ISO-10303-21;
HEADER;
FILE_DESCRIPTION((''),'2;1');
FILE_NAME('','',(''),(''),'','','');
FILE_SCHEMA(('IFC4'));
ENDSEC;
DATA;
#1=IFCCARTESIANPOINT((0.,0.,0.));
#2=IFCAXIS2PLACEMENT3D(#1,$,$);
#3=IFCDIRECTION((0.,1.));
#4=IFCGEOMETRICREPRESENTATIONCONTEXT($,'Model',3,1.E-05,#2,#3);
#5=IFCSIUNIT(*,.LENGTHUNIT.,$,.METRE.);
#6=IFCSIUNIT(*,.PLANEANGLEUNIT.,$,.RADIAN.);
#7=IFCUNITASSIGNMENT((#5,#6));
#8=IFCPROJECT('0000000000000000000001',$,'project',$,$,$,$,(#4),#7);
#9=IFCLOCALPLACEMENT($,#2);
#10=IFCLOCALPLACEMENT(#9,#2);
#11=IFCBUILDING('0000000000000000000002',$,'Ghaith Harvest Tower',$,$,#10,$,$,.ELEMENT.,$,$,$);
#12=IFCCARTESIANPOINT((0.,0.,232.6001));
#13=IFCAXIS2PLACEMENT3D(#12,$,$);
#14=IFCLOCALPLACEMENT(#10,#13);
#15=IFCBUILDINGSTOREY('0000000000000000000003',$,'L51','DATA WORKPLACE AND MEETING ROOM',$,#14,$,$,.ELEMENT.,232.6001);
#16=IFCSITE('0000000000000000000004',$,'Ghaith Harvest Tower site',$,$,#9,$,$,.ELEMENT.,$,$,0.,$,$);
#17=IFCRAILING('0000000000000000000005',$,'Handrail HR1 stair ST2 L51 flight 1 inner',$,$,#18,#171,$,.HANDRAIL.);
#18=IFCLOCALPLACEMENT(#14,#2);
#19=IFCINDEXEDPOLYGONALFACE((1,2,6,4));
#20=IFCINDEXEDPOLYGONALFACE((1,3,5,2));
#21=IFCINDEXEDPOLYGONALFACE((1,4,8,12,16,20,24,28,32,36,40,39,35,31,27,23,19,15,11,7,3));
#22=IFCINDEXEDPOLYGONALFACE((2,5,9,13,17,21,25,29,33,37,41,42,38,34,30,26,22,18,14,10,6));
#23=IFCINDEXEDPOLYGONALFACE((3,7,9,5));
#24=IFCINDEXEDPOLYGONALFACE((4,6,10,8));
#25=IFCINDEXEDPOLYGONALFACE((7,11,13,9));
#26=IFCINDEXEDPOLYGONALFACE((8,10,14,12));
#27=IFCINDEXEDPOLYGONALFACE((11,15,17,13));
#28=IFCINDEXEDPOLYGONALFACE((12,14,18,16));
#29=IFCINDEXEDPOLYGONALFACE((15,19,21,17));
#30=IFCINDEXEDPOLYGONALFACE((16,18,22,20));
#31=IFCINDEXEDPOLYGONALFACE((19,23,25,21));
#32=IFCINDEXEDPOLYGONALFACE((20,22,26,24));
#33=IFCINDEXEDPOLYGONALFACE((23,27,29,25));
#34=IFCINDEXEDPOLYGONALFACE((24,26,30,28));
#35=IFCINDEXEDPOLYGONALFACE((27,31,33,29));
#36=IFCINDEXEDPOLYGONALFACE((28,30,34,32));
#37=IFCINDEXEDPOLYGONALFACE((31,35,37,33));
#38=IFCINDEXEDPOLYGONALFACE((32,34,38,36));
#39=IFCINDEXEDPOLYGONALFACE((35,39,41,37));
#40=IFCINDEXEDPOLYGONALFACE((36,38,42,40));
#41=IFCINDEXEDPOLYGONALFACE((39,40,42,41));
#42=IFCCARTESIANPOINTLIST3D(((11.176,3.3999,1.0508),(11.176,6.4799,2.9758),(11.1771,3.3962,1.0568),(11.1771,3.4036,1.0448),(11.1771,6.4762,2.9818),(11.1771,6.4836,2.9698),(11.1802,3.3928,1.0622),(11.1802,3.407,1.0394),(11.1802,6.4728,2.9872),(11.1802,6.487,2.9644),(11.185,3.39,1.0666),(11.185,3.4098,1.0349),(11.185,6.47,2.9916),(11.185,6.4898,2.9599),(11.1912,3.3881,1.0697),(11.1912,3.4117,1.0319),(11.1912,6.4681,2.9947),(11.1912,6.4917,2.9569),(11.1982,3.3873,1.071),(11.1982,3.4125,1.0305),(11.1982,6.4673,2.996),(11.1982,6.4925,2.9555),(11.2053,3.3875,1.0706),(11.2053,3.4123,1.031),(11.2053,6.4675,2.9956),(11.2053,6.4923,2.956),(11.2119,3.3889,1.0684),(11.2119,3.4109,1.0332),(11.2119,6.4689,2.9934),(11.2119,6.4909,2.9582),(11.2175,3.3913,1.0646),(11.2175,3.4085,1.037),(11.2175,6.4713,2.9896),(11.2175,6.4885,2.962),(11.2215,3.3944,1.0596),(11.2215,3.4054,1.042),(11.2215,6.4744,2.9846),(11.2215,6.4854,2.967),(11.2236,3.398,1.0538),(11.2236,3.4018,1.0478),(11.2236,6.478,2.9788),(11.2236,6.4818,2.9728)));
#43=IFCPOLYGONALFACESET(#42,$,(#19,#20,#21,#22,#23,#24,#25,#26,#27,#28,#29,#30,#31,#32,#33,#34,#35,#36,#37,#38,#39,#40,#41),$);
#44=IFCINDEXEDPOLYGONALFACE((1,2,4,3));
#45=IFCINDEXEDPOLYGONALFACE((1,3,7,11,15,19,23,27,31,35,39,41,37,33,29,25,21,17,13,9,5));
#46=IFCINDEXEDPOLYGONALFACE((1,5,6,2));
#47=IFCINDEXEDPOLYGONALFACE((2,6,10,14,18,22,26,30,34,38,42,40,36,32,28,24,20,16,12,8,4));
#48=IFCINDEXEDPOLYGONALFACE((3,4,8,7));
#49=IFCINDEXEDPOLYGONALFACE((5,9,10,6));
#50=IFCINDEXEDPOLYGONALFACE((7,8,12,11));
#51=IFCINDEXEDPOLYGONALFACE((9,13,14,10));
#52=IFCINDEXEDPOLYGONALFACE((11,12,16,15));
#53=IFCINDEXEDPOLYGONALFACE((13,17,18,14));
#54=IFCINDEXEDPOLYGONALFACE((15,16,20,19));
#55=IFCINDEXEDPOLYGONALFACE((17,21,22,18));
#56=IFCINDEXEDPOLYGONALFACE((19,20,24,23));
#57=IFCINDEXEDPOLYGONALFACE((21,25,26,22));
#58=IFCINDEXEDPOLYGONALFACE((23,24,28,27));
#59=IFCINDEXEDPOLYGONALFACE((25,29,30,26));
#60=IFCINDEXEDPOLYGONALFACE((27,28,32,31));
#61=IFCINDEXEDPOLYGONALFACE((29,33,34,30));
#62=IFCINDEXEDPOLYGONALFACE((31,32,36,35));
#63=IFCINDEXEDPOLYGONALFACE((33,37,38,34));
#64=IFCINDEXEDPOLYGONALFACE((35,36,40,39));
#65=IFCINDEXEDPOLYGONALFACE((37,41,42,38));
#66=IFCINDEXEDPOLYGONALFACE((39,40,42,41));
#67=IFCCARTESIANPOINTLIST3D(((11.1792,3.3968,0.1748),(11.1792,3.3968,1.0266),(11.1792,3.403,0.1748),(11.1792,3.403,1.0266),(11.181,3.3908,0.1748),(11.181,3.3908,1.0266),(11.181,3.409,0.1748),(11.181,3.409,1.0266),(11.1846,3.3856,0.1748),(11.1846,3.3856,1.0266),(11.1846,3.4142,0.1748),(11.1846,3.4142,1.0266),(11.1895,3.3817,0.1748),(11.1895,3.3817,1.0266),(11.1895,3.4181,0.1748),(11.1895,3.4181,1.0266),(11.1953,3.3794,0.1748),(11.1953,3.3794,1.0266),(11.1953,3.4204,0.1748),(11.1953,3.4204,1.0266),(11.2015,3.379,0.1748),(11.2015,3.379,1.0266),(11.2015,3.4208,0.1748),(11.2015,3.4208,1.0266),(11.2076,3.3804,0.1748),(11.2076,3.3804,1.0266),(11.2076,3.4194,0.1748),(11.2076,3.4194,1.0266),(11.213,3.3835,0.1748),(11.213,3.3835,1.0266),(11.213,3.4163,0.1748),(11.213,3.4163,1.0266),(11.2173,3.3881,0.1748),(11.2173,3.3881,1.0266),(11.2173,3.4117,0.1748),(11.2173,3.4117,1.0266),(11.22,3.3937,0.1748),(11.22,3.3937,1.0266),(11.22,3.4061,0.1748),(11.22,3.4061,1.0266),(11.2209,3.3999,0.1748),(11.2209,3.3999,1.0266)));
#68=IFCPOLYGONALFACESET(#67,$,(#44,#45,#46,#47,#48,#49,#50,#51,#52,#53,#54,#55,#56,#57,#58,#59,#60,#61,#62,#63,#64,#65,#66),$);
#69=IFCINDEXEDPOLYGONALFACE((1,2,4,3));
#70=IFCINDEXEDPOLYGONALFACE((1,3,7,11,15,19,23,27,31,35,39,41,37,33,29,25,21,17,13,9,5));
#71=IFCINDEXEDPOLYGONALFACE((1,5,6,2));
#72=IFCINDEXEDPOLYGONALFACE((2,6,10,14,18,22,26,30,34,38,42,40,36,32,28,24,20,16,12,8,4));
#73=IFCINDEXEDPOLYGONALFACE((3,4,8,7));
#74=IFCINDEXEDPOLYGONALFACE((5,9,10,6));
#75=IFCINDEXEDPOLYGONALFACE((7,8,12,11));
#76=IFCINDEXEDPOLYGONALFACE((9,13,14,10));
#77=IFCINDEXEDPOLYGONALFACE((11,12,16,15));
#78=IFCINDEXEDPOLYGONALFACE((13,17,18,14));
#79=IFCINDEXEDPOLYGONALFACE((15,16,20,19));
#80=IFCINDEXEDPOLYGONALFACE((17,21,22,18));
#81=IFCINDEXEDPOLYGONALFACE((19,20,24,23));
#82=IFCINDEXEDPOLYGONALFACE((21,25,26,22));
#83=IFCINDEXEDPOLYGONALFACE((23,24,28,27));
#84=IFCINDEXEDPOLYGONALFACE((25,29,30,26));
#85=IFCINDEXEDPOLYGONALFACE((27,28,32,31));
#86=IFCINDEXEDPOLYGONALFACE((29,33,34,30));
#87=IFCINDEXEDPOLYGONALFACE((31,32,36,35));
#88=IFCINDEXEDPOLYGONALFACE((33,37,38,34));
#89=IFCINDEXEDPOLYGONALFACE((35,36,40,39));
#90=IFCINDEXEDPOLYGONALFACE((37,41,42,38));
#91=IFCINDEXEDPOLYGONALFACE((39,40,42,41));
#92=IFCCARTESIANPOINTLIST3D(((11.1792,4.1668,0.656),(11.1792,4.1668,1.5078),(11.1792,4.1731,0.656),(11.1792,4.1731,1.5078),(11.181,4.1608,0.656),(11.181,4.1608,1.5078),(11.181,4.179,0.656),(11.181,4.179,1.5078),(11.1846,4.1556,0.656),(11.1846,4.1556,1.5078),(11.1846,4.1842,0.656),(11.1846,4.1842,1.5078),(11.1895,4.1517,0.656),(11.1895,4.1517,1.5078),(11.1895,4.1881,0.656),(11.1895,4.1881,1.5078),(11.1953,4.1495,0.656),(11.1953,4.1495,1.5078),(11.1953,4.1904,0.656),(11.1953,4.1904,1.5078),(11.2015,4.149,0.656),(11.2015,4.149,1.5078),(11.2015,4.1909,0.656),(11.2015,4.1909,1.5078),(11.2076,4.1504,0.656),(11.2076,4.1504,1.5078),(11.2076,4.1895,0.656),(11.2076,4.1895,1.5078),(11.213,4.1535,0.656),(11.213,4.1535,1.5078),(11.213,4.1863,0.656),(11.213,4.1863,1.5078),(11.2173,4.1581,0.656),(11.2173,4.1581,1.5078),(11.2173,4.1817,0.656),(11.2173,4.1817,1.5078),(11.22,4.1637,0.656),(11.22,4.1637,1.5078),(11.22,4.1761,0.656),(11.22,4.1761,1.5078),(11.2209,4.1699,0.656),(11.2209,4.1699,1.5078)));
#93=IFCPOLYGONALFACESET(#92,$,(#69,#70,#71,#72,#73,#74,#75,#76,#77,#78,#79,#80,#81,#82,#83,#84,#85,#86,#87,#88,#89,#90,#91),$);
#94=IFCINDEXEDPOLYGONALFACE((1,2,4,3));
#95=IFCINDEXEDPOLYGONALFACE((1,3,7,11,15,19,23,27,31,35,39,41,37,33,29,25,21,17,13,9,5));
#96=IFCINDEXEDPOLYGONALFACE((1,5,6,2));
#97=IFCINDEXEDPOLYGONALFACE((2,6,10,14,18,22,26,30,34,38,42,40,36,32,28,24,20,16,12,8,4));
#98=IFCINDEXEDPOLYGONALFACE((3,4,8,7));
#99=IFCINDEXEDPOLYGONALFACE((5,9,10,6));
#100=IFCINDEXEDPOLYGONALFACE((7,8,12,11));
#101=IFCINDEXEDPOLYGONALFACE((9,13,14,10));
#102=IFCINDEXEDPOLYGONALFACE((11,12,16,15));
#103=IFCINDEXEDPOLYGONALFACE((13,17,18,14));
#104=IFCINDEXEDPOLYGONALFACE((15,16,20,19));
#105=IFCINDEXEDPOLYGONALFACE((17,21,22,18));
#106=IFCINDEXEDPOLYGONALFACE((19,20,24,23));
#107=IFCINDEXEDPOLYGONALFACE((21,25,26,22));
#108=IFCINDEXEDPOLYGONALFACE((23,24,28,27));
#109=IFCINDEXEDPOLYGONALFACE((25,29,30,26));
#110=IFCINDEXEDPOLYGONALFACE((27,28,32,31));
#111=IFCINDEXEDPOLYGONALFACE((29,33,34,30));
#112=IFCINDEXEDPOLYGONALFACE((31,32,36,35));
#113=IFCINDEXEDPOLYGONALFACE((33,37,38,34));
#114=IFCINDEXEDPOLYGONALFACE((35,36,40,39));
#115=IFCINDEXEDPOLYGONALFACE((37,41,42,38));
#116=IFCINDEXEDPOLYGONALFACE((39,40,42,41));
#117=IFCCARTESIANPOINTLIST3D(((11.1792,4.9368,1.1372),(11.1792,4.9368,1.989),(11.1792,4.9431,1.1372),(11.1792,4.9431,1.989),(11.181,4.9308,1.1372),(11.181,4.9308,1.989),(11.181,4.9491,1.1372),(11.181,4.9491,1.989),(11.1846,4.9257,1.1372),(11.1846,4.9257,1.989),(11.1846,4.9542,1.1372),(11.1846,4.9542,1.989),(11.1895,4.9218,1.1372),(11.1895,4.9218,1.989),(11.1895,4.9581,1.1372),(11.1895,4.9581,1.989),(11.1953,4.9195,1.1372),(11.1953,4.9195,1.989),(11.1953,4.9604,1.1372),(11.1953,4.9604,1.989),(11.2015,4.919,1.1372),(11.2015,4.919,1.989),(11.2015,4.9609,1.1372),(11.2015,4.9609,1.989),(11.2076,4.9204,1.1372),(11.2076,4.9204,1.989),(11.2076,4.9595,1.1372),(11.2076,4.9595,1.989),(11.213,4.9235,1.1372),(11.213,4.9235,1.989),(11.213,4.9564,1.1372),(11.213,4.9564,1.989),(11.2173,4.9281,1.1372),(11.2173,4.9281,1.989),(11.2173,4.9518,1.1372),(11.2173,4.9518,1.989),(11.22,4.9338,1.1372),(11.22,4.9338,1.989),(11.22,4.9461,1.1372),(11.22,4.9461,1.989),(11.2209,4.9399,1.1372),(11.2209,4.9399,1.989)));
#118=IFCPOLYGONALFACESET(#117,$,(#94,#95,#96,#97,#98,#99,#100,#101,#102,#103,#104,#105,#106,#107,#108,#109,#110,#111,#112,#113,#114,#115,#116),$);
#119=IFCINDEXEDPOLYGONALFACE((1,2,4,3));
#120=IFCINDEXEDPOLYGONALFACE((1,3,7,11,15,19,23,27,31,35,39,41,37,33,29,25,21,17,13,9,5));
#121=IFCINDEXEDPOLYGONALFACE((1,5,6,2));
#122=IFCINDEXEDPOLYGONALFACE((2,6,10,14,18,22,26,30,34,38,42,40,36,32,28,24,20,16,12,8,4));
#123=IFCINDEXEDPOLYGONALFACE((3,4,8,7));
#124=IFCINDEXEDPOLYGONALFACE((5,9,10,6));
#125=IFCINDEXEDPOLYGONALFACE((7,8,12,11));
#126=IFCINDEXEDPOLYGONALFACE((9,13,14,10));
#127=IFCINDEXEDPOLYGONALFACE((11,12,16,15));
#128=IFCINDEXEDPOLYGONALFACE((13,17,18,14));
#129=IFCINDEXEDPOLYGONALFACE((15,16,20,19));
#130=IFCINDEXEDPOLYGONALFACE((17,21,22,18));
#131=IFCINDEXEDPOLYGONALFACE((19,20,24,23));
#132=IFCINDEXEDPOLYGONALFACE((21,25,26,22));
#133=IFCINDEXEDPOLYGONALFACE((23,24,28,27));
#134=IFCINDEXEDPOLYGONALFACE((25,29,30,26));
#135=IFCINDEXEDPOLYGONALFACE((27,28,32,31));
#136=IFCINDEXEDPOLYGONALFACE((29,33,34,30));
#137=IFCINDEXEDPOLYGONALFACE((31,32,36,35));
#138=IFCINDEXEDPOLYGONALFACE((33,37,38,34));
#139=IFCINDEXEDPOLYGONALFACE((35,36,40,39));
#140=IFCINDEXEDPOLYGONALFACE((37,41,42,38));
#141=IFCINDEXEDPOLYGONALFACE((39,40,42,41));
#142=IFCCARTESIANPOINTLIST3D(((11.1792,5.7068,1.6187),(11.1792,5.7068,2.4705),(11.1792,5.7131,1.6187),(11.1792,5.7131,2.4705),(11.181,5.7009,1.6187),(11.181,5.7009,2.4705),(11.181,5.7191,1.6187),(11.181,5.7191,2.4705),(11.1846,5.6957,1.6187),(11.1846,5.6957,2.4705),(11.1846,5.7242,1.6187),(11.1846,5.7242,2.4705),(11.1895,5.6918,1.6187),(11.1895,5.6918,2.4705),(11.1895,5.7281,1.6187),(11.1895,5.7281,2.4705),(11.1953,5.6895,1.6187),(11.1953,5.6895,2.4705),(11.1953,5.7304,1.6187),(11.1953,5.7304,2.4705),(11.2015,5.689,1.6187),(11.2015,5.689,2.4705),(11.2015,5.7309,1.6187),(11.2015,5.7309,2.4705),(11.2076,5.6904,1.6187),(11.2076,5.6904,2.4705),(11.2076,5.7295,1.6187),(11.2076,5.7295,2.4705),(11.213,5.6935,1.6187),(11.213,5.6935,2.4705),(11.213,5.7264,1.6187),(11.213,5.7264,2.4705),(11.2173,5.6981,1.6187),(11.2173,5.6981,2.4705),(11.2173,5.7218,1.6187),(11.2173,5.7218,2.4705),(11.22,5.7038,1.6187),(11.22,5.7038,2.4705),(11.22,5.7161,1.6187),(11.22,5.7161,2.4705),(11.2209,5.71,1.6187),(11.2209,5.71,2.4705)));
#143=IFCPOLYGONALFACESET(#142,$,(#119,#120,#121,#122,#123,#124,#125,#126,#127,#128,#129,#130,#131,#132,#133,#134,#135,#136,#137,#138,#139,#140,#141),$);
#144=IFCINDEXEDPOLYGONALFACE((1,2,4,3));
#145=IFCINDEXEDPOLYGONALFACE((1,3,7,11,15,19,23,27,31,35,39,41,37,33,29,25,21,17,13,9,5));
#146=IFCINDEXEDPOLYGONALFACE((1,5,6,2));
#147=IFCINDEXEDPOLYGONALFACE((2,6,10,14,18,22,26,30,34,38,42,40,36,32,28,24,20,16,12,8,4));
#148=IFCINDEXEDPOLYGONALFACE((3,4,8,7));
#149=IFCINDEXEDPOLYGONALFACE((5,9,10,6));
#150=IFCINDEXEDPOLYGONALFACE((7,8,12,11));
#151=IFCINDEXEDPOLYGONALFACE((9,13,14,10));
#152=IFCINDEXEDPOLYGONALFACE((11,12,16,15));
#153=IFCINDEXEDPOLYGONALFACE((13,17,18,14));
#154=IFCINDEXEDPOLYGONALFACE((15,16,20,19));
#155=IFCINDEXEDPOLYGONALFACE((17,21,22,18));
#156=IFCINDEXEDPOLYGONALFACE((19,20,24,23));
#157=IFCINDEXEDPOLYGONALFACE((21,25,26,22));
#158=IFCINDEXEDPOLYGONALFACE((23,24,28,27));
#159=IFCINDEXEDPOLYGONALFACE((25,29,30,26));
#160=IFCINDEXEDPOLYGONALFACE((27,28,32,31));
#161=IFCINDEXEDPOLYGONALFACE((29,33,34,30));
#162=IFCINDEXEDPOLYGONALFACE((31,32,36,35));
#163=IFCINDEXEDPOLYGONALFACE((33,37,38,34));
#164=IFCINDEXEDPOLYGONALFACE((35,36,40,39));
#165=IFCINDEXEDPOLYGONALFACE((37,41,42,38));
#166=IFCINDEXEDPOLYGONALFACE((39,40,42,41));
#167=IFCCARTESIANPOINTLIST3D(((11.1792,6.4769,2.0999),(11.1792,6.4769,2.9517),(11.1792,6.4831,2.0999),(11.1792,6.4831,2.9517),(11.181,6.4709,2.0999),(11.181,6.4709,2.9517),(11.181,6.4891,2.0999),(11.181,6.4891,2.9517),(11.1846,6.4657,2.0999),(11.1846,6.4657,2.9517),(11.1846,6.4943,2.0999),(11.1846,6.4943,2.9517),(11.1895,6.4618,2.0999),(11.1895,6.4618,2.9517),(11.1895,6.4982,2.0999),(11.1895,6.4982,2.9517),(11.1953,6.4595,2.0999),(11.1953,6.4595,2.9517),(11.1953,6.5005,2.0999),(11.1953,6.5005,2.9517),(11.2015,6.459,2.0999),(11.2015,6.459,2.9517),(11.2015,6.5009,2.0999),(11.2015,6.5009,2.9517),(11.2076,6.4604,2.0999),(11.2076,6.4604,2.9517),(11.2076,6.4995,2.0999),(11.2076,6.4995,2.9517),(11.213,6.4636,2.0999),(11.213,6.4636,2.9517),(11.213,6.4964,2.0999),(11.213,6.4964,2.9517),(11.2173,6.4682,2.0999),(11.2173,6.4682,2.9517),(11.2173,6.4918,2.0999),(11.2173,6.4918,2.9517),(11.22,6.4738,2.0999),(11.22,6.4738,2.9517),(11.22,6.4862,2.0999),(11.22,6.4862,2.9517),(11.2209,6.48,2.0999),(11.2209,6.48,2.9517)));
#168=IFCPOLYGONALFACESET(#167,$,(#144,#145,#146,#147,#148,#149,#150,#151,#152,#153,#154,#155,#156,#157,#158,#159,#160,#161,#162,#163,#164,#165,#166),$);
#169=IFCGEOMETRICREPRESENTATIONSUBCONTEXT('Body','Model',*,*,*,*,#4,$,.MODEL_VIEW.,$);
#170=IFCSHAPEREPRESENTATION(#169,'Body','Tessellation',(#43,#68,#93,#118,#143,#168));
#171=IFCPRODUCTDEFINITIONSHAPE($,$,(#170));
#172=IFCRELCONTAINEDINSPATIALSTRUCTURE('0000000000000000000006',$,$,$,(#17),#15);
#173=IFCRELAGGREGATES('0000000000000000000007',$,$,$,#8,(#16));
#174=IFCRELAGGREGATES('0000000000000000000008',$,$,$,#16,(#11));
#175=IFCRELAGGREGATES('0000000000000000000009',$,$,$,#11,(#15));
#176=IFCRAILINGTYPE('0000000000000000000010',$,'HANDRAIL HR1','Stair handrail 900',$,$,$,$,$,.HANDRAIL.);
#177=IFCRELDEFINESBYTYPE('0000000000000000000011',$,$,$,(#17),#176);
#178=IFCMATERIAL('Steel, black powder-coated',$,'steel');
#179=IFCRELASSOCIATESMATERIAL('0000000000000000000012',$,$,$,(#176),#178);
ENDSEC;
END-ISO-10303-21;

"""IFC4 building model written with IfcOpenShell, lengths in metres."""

from ifc_helpers import new_model, si_unit, direction, frame, origin, origin_2d, place, context, subcontext, project, spatial, circle, extrude, material, type_object, element, save


model = new_model("IFC4")

# Units and contexts
model_context = context("Model", 3, precision=1e-05, world=origin(), true_north=direction((0.0, 1.0)))
body_context = subcontext(model_context, "Body", "Model", "MODEL_VIEW")
ifc_project = project(units=[si_unit("LENGTHUNIT", "METRE"), si_unit("PLANEANGLEUNIT", "RADIAN")], contexts=[model_context])

# Site, building, storey
site_placement = place(None, origin())
site = spatial("IfcSite", under=ifc_project, at=site_placement, Name="Ghaith Harvest Tower site", CompositionType="ELEMENT", RefElevation=0.0)
building_placement = place(site_placement, origin())
building = spatial("IfcBuilding", under=site, at=building_placement, Name="Ghaith Harvest Tower", CompositionType="ELEMENT")
storey_placement = place(building_placement, frame((0.0, 0.0, 232.6001)))
storey = spatial("IfcBuildingStorey", under=building, at=storey_placement, Name="L51", Description="DATA WORKPLACE AND MEETING ROOM", CompositionType="ELEMENT", Elevation=232.6001)

# Railing
ifc_material_1 = material(Name="Steel, black powder-coated", Category="steel")
railing_type = type_object("IfcRailingType", Name="HANDRAIL HR1", Description="Stair handrail 900", PredefinedType="HANDRAIL", material=ifc_material_1)
railing_1_placement = place(storey_placement, frame((11.2, 3.3999, 0.1748)))
element("IfcRailing", 1, at=railing_1_placement, inside=storey, type_object=railing_type, Name="Handrail HR1 stair ST2 L51 flight 1 inner", PredefinedType="HANDRAIL", context=body_context, shape_type="SweptSolid", body=[
    extrude(circle(Radius=0.0239, at=origin_2d()), frame((0.0, 0.0, 0.876), z_axis=(0.0, 0.847998, 0.529999), x_axis=(-1.0, 0.0, 0.0)), (0.0, 0.0, 1.0), 3.6321),
    extrude(circle(Radius=0.021, at=origin_2d()), origin(), (0.0, 0.0, 1.0), 0.8518),
    extrude(circle(Radius=0.021, at=origin_2d()), frame((0.0, 0.77, 0.4812)), (0.0, 0.0, 1.0), 0.8518),
    extrude(circle(Radius=0.021, at=origin_2d()), frame((0.0, 1.54, 0.9624)), (0.0, 0.0, 1.0), 0.8518),
    extrude(circle(Radius=0.021, at=origin_2d()), frame((0.0, 2.3101, 1.4438)), (0.0, 0.0, 1.0), 0.8518),
    extrude(circle(Radius=0.021, at=origin_2d()), frame((0.0, 3.0801, 1.925)), (0.0, 0.0, 1.0), 0.8518),
])

save(model, "model.ifc")
